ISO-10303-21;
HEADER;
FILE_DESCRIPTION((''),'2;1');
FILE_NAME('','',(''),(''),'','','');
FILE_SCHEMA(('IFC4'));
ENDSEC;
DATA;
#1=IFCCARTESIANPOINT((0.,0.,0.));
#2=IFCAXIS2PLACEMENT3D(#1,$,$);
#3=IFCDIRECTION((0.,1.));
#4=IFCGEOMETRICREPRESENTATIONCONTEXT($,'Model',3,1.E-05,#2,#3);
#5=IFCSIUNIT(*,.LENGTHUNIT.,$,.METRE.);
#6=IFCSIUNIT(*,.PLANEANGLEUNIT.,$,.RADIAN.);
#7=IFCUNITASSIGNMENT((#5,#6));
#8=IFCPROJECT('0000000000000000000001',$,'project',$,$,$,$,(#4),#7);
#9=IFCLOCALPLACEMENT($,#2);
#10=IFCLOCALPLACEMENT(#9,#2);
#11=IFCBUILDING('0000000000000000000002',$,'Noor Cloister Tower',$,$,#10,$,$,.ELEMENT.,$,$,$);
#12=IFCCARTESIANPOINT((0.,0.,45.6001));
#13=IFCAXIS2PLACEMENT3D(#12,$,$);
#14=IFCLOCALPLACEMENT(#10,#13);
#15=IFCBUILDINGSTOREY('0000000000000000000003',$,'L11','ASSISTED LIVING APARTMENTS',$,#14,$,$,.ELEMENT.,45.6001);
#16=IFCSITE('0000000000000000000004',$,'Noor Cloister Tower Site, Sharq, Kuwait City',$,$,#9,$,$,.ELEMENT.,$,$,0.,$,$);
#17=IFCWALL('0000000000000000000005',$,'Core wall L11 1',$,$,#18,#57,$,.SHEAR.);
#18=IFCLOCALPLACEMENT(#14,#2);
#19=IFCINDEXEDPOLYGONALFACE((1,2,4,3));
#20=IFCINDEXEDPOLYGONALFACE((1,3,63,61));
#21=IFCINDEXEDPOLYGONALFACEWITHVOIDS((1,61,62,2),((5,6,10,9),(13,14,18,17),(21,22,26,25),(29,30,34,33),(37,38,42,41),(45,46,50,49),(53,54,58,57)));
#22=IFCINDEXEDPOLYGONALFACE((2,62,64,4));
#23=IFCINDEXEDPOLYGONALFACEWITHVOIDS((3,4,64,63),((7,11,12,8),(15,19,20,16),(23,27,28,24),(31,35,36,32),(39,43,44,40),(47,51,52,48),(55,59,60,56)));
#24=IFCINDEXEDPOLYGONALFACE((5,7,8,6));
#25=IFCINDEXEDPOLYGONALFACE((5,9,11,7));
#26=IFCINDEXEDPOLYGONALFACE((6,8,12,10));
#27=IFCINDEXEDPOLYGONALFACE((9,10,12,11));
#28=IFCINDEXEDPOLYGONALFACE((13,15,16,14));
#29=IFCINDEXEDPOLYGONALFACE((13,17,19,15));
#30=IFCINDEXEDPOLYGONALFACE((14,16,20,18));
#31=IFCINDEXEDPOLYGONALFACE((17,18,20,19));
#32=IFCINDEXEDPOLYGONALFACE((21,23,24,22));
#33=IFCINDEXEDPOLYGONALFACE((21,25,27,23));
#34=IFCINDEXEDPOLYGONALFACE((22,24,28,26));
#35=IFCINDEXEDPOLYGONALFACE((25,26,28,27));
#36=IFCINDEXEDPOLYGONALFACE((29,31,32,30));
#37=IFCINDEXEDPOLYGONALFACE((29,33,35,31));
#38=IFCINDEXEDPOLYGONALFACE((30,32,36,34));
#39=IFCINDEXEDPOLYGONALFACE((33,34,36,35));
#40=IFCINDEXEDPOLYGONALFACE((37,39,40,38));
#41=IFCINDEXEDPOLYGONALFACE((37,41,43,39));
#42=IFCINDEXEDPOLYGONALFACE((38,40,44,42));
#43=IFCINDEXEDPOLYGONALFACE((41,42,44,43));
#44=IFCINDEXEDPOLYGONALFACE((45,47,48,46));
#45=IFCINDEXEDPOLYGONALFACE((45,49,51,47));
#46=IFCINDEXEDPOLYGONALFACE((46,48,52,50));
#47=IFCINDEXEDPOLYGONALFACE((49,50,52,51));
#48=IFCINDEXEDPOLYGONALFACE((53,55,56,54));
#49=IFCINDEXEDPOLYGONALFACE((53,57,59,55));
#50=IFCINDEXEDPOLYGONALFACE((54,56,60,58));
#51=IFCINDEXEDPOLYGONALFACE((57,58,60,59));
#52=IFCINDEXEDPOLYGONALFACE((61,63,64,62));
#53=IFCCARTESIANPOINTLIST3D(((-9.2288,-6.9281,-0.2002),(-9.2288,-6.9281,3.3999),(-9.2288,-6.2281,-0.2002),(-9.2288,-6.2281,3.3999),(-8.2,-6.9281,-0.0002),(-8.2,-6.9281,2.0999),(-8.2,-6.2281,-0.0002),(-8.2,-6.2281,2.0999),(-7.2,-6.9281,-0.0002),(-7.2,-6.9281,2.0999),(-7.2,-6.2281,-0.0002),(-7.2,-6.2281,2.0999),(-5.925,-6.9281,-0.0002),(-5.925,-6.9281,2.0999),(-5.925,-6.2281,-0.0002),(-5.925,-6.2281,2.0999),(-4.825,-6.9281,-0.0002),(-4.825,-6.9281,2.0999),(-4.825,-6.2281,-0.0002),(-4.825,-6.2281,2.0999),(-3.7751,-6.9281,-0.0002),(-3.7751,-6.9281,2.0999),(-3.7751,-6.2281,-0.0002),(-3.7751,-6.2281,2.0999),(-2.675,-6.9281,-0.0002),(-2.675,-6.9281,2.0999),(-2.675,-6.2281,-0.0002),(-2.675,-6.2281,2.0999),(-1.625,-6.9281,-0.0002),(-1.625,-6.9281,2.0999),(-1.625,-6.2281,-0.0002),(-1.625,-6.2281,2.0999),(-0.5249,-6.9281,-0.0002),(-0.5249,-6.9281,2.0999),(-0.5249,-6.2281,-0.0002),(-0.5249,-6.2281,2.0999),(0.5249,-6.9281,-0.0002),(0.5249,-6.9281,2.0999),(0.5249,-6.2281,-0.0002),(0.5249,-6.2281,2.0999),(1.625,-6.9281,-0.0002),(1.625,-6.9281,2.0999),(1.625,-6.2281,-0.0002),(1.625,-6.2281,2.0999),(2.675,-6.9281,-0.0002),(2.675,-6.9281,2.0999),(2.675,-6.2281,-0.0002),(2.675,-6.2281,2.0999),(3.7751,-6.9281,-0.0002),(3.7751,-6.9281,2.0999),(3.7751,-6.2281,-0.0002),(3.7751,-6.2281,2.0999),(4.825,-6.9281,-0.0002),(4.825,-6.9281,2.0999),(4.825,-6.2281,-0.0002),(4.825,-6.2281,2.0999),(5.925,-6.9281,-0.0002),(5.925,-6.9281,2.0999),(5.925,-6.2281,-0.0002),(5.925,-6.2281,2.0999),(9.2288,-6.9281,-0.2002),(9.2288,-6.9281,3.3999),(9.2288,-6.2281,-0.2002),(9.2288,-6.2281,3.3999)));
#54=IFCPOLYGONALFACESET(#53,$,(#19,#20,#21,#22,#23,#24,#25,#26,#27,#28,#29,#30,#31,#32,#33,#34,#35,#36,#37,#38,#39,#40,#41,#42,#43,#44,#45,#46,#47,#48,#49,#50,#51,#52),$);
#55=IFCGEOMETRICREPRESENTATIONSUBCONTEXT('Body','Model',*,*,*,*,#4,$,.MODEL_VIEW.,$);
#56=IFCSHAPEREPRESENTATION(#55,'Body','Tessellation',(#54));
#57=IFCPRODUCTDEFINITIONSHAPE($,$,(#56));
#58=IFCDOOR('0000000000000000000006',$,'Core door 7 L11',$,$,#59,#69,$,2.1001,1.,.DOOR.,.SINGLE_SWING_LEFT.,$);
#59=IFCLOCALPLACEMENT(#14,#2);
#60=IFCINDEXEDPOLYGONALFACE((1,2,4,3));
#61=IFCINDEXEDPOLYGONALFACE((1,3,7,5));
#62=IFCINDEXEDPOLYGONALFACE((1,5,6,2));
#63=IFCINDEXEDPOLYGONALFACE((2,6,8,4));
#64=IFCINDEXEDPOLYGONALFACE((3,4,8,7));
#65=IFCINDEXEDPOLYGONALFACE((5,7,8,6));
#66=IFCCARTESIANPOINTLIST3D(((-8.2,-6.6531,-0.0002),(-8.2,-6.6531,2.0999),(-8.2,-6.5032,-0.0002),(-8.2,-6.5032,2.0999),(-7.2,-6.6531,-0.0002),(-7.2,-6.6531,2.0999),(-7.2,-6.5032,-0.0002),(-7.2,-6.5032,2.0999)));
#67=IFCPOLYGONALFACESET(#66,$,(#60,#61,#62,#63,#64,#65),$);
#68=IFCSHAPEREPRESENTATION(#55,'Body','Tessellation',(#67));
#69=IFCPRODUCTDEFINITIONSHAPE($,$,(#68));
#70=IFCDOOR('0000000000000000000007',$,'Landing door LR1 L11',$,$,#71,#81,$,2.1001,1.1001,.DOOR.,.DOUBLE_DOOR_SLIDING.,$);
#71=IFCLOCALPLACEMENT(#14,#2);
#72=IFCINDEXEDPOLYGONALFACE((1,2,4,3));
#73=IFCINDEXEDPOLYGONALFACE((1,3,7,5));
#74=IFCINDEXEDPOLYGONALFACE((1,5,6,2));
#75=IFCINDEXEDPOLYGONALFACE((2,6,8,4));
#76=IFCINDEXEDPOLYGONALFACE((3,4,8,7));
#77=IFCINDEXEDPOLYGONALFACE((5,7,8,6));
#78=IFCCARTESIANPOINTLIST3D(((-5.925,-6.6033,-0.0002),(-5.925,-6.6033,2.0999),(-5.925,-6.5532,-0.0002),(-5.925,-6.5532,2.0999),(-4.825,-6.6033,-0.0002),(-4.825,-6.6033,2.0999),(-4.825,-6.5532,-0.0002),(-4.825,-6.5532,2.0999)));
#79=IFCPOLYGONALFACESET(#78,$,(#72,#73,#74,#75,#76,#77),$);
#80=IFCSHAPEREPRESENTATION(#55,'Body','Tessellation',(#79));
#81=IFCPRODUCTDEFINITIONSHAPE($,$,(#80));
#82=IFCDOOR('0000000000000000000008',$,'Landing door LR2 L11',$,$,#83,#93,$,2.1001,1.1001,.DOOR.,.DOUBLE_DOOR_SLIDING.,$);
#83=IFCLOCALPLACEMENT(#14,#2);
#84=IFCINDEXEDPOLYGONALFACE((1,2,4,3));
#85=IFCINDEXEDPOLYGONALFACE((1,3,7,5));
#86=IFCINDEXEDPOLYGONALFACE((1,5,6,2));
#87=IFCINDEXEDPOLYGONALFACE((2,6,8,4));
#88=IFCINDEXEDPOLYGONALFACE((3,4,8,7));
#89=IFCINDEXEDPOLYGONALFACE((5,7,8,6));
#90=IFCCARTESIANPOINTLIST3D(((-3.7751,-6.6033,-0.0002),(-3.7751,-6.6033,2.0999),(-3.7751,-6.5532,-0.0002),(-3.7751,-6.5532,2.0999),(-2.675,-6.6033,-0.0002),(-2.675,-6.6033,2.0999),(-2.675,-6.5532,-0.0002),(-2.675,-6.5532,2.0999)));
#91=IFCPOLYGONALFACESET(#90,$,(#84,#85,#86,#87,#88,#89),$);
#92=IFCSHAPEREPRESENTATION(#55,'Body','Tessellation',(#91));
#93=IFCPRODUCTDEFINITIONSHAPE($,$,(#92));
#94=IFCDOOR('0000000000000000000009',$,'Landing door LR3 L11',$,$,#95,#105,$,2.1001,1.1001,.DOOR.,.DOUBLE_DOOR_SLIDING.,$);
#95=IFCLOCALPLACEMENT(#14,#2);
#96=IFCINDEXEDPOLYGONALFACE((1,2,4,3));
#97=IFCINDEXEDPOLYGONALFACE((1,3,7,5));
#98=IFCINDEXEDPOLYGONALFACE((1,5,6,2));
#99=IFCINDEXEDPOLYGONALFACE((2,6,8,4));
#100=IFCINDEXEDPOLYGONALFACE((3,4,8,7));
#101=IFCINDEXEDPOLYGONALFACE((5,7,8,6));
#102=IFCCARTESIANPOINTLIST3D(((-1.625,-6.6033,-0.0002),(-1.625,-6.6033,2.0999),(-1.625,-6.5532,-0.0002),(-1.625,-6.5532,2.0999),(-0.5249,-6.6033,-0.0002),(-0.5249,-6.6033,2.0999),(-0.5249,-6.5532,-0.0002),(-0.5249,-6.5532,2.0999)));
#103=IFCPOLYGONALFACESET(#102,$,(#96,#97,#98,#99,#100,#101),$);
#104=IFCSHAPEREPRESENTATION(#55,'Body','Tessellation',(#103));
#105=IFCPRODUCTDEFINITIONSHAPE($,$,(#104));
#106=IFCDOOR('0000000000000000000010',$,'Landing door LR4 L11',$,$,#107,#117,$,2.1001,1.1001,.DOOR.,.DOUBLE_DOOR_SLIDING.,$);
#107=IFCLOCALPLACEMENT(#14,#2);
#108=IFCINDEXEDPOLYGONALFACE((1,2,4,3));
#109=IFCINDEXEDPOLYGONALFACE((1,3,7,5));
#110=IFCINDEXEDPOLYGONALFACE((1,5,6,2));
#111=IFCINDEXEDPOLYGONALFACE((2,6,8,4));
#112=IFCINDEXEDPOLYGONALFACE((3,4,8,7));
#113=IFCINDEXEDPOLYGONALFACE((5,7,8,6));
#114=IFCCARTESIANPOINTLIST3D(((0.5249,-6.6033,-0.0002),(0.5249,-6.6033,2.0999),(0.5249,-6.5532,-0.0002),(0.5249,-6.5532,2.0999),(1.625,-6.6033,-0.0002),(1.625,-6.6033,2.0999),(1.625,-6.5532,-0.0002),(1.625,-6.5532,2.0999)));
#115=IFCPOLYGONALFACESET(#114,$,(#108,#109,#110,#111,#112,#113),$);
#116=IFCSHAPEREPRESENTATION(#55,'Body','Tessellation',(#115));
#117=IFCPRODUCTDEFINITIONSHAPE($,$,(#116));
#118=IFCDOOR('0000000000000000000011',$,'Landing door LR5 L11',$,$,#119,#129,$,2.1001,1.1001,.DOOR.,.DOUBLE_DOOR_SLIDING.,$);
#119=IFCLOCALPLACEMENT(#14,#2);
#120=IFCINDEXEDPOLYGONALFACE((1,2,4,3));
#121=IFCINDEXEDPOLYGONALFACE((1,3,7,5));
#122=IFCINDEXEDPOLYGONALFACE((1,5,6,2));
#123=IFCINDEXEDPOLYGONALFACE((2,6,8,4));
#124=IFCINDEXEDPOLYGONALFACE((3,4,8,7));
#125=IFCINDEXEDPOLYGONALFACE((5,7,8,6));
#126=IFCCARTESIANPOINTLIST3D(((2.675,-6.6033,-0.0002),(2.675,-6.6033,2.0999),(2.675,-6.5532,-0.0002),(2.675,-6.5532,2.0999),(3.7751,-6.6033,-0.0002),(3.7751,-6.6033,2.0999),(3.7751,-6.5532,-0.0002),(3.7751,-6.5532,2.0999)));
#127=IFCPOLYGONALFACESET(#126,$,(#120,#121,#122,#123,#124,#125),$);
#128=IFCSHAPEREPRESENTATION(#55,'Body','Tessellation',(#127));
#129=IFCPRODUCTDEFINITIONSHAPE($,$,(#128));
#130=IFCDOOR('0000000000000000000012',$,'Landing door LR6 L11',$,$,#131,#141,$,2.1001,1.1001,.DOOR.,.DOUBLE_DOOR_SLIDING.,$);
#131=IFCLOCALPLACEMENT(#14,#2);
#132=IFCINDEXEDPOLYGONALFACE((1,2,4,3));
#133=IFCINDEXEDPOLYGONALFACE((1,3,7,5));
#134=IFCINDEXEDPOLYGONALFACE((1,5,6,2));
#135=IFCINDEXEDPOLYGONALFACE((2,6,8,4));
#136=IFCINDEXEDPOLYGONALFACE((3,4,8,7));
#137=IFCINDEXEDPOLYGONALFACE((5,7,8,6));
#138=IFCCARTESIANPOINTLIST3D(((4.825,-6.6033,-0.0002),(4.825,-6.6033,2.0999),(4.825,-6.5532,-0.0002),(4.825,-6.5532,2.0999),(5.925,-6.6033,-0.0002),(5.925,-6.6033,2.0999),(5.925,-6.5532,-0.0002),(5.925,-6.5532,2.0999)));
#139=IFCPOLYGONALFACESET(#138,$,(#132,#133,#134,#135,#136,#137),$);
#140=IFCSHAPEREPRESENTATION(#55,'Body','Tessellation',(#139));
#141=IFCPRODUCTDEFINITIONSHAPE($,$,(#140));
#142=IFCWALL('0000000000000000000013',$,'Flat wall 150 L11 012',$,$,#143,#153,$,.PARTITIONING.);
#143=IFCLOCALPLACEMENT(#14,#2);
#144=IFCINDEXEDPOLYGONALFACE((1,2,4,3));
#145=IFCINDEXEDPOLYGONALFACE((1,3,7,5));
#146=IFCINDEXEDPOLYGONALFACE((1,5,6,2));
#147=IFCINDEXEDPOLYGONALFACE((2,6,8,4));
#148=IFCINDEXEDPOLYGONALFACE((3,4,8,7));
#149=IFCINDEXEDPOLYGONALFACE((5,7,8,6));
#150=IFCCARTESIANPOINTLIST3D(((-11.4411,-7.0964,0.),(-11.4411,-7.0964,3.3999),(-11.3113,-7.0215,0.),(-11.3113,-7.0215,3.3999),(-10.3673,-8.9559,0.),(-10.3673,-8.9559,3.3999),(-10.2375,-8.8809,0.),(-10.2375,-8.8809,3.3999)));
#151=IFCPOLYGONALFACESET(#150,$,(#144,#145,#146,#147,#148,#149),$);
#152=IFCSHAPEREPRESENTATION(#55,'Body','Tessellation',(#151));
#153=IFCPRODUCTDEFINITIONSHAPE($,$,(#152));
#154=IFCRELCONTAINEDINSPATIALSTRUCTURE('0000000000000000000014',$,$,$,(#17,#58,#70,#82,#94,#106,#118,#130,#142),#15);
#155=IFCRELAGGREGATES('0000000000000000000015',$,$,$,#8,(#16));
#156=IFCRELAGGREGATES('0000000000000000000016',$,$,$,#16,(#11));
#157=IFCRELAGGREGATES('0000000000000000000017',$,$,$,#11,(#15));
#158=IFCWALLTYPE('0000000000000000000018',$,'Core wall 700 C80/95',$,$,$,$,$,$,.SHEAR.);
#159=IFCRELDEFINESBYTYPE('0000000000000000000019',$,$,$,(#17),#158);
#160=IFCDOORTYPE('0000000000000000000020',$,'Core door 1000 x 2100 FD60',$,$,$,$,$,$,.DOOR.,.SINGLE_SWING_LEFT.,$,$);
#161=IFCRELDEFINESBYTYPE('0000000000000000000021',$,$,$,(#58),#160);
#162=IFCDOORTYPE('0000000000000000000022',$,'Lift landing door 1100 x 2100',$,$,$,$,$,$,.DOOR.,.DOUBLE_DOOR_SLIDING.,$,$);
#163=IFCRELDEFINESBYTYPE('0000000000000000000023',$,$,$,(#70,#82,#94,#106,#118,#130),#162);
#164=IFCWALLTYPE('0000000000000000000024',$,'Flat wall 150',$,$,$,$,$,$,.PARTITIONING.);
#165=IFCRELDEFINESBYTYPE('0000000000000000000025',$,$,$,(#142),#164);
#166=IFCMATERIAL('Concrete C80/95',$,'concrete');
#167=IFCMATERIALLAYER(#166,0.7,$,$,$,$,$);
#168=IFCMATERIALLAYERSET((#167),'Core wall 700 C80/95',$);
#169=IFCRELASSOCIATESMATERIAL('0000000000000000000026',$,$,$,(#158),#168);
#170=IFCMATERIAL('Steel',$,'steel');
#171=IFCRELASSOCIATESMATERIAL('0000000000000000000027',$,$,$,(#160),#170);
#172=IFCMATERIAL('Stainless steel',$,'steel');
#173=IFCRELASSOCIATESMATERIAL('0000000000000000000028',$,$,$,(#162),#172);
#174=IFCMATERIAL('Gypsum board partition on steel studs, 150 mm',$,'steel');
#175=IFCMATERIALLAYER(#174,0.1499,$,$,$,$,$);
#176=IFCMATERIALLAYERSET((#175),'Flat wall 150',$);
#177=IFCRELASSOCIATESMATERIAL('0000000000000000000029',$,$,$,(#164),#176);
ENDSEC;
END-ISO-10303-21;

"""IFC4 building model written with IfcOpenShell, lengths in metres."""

from ifc_helpers import new_model, si_unit, direction, frame, frame_2d, origin, place, context, subcontext, project, spatial, rectangle, extrude, material, layer, layer_set, type_object, element, fill, save


model = new_model("IFC4")

# Units and contexts
model_context = context("Model", 3, precision=1e-05, world=origin(), true_north=direction((0.0, 1.0)))
body_context = subcontext(model_context, "Body", "Model", "MODEL_VIEW")
ifc_project = project(units=[si_unit("LENGTHUNIT", "METRE"), si_unit("PLANEANGLEUNIT", "RADIAN")], contexts=[model_context])

# Site, building, storey
site_placement = place(None, origin())
site = spatial("IfcSite", under=ifc_project, at=site_placement, Name="Noor Cloister Tower Site, Sharq, Kuwait City", CompositionType="ELEMENT", RefElevation=0.0)
building_placement = place(site_placement, origin())
building = spatial("IfcBuilding", under=site, at=building_placement, Name="Noor Cloister Tower", CompositionType="ELEMENT")
storey_placement = place(building_placement, frame((0.0, 0.0, 45.6001)))
storey = spatial("IfcBuildingStorey", under=building, at=storey_placement, Name="L11", Description="ASSISTED LIVING APARTMENTS", CompositionType="ELEMENT", Elevation=45.6001)

# Wall, openings, doors
ifc_material_1 = material(Name="Concrete C80/95", Category="concrete")
ifc_layer_1 = layer(ifc_material_1, 0.7)
ifc_layer_set_1 = layer_set([ifc_layer_1], Name="Core wall 700 C80/95")
wall_type_1 = type_object("IfcWallType", Name="Core wall 700 C80/95", PredefinedType="SHEAR", material=ifc_layer_set_1)
wall_1_placement = place(storey_placement, frame((-9.2288, -6.5781, -0.2002), z_axis=(0.0, 0.0, 1.0), x_axis=(1.0, 0.0, 0.0)))
wall_1 = element("IfcWall", 1, at=wall_1_placement, inside=storey, type_object=wall_type_1, Name="Core wall L11 1", PredefinedType="SHEAR", context=body_context, shape_type="SweptSolid", body=[
    extrude(rectangle(XDim=18.4575, YDim=0.7, at=frame_2d((9.2288, 0.0))), origin(), (0.0, 0.0, 1.0), 3.6001),
])
opening_1_placement = place(wall_1_placement, frame((3.3037, 0.0, 0.2)))
opening_1 = element("IfcOpeningElement", 2, at=opening_1_placement, cuts=wall_1, PredefinedType="OPENING", context=body_context, shape_type="SweptSolid", body=[
    extrude(rectangle(XDim=1.1001, YDim=2.1001, at=frame_2d((0.55, 1.05))), frame((0.0, 0.3599, 0.0), z_axis=(0.0, -1.0, 0.0), x_axis=(1.0, 0.0, 0.0)), (0.0, 0.0, 1.0), 0.72),
])
opening_2_placement = place(wall_1_placement, frame((5.4536, 0.0, 0.2)))
opening_2 = element("IfcOpeningElement", 3, at=opening_2_placement, cuts=wall_1, PredefinedType="OPENING", context=body_context, shape_type="SweptSolid", body=[
    extrude(rectangle(XDim=1.1001, YDim=2.1001, at=frame_2d((0.55, 1.05))), frame((0.0, 0.3599, 0.0), z_axis=(0.0, -1.0, 0.0), x_axis=(1.0, 0.0, 0.0)), (0.0, 0.0, 1.0), 0.72),
])
opening_3_placement = place(wall_1_placement, frame((7.6038, 0.0, 0.2)))
opening_3 = element("IfcOpeningElement", 4, at=opening_3_placement, cuts=wall_1, PredefinedType="OPENING", context=body_context, shape_type="SweptSolid", body=[
    extrude(rectangle(XDim=1.1001, YDim=2.1001, at=frame_2d((0.55, 1.05))), frame((0.0, 0.3599, 0.0), z_axis=(0.0, -1.0, 0.0), x_axis=(1.0, 0.0, 0.0)), (0.0, 0.0, 1.0), 0.72),
])
opening_4_placement = place(wall_1_placement, frame((9.7537, 0.0, 0.2)))
opening_4 = element("IfcOpeningElement", 5, at=opening_4_placement, cuts=wall_1, PredefinedType="OPENING", context=body_context, shape_type="SweptSolid", body=[
    extrude(rectangle(XDim=1.1001, YDim=2.1001, at=frame_2d((0.55, 1.05))), frame((0.0, 0.3599, 0.0), z_axis=(0.0, -1.0, 0.0), x_axis=(1.0, 0.0, 0.0)), (0.0, 0.0, 1.0), 0.72),
])
opening_5_placement = place(wall_1_placement, frame((11.9038, 0.0, 0.2)))
opening_5 = element("IfcOpeningElement", 6, at=opening_5_placement, cuts=wall_1, PredefinedType="OPENING", context=body_context, shape_type="SweptSolid", body=[
    extrude(rectangle(XDim=1.1001, YDim=2.1001, at=frame_2d((0.55, 1.05))), frame((0.0, 0.3599, 0.0), z_axis=(0.0, -1.0, 0.0), x_axis=(1.0, 0.0, 0.0)), (0.0, 0.0, 1.0), 0.72),
])
opening_6_placement = place(wall_1_placement, frame((14.0537, 0.0, 0.2)))
opening_6 = element("IfcOpeningElement", 7, at=opening_6_placement, cuts=wall_1, PredefinedType="OPENING", context=body_context, shape_type="SweptSolid", body=[
    extrude(rectangle(XDim=1.1001, YDim=2.1001, at=frame_2d((0.55, 1.05))), frame((0.0, 0.3599, 0.0), z_axis=(0.0, -1.0, 0.0), x_axis=(1.0, 0.0, 0.0)), (0.0, 0.0, 1.0), 0.72),
])
opening_7_placement = place(wall_1_placement, frame((1.0288, 0.0, 0.2)))
opening_7 = element("IfcOpeningElement", 8, at=opening_7_placement, cuts=wall_1, PredefinedType="OPENING", context=body_context, shape_type="SweptSolid", body=[
    extrude(rectangle(XDim=1.0, YDim=2.1001, at=frame_2d((0.5, 1.05))), frame((0.0, 0.3599, 0.0), z_axis=(0.0, -1.0, 0.0), x_axis=(1.0, 0.0, 0.0)), (0.0, 0.0, 1.0), 0.72),
])
ifc_material_2 = material(Name="Steel", Category="steel")
door_type_1 = type_object("IfcDoorType", Name="Core door 1000 x 2100 FD60", OperationType="SINGLE_SWING_LEFT", PredefinedType="DOOR", material=ifc_material_2)
door_1_placement = place(opening_7_placement, origin())
door_1 = element("IfcDoor", 9, at=door_1_placement, inside=storey, type_object=door_type_1, Name="Core door 7 L11", OperationType="SINGLE_SWING_LEFT", OverallHeight=2.1001, OverallWidth=1.0, PredefinedType="DOOR", context=body_context, shape_type="SweptSolid", body=[
    extrude(rectangle(XDim=1.0, YDim=2.1001, at=frame_2d((0.5, 1.05))), frame((0.0, 0.075, 0.0), z_axis=(0.0, -1.0, 0.0), x_axis=(1.0, 0.0, 0.0)), (0.0, 0.0, 1.0), 0.1499),
])
fill(opening_7, door_1)
ifc_material_3 = material(Name="Stainless steel", Category="steel")
door_type_2 = type_object("IfcDoorType", Name="Lift landing door 1100 x 2100", OperationType="DOUBLE_DOOR_SLIDING", PredefinedType="DOOR", material=ifc_material_3)
door_2_placement = place(opening_1_placement, origin())
door_2 = element("IfcDoor", 10, at=door_2_placement, inside=storey, type_object=door_type_2, Name="Landing door LR1 L11", OperationType="DOUBLE_DOOR_SLIDING", OverallHeight=2.1001, OverallWidth=1.1001, PredefinedType="DOOR", context=body_context, shape_type="SweptSolid", body=[
    extrude(rectangle(XDim=1.1001, YDim=2.1001, at=frame_2d((0.55, 1.05))), frame((0.0, 0.0249, 0.0), z_axis=(0.0, -1.0, 0.0), x_axis=(1.0, 0.0, 0.0)), (0.0, 0.0, 1.0), 0.05),
])
fill(opening_1, door_2)
door_3_placement = place(opening_2_placement, origin())
door_3 = element("IfcDoor", 11, at=door_3_placement, inside=storey, type_object=door_type_2, Name="Landing door LR2 L11", OperationType="DOUBLE_DOOR_SLIDING", OverallHeight=2.1001, OverallWidth=1.1001, PredefinedType="DOOR", context=body_context, shape_type="SweptSolid", body=[
    extrude(rectangle(XDim=1.1001, YDim=2.1001, at=frame_2d((0.55, 1.05))), frame((0.0, 0.0249, 0.0), z_axis=(0.0, -1.0, 0.0), x_axis=(1.0, 0.0, 0.0)), (0.0, 0.0, 1.0), 0.05),
])
fill(opening_2, door_3)
door_4_placement = place(opening_3_placement, origin())
door_4 = element("IfcDoor", 12, at=door_4_placement, inside=storey, type_object=door_type_2, Name="Landing door LR3 L11", OperationType="DOUBLE_DOOR_SLIDING", OverallHeight=2.1001, OverallWidth=1.1001, PredefinedType="DOOR", context=body_context, shape_type="SweptSolid", body=[
    extrude(rectangle(XDim=1.1001, YDim=2.1001, at=frame_2d((0.55, 1.05))), frame((0.0, 0.0249, 0.0), z_axis=(0.0, -1.0, 0.0), x_axis=(1.0, 0.0, 0.0)), (0.0, 0.0, 1.0), 0.05),
])
fill(opening_3, door_4)
door_5_placement = place(opening_4_placement, origin())
door_5 = element("IfcDoor", 13, at=door_5_placement, inside=storey, type_object=door_type_2, Name="Landing door LR4 L11", OperationType="DOUBLE_DOOR_SLIDING", OverallHeight=2.1001, OverallWidth=1.1001, PredefinedType="DOOR", context=body_context, shape_type="SweptSolid", body=[
    extrude(rectangle(XDim=1.1001, YDim=2.1001, at=frame_2d((0.55, 1.05))), frame((0.0, 0.0249, 0.0), z_axis=(0.0, -1.0, 0.0), x_axis=(1.0, 0.0, 0.0)), (0.0, 0.0, 1.0), 0.05),
])
fill(opening_4, door_5)
door_6_placement = place(opening_5_placement, origin())
door_6 = element("IfcDoor", 14, at=door_6_placement, inside=storey, type_object=door_type_2, Name="Landing door LR5 L11", OperationType="DOUBLE_DOOR_SLIDING", OverallHeight=2.1001, OverallWidth=1.1001, PredefinedType="DOOR", context=body_context, shape_type="SweptSolid", body=[
    extrude(rectangle(XDim=1.1001, YDim=2.1001, at=frame_2d((0.55, 1.05))), frame((0.0, 0.0249, 0.0), z_axis=(0.0, -1.0, 0.0), x_axis=(1.0, 0.0, 0.0)), (0.0, 0.0, 1.0), 0.05),
])
fill(opening_5, door_6)
door_7_placement = place(opening_6_placement, origin())
door_7 = element("IfcDoor", 15, at=door_7_placement, inside=storey, type_object=door_type_2, Name="Landing door LR6 L11", OperationType="DOUBLE_DOOR_SLIDING", OverallHeight=2.1001, OverallWidth=1.1001, PredefinedType="DOOR", context=body_context, shape_type="SweptSolid", body=[
    extrude(rectangle(XDim=1.1001, YDim=2.1001, at=frame_2d((0.55, 1.05))), frame((0.0, 0.0249, 0.0), z_axis=(0.0, -1.0, 0.0), x_axis=(1.0, 0.0, 0.0)), (0.0, 0.0, 1.0), 0.05),
])
fill(opening_6, door_7)

# Wall
ifc_material_4 = material(Name="Gypsum board partition on steel studs, 150 mm", Category="steel")
ifc_layer_2 = layer(ifc_material_4, 0.1499)
ifc_layer_set_2 = layer_set([ifc_layer_2], Name="Flat wall 150")
wall_type_2 = type_object("IfcWallType", Name="Flat wall 150", PredefinedType="PARTITIONING", material=ifc_layer_set_2)
wall_2_placement = place(storey_placement, frame((-11.3762, -7.0588, 0.0), z_axis=(0.0, 0.0, 1.0), x_axis=(0.500077, -0.865981, 0.0)))
element("IfcWall", 16, at=wall_2_placement, inside=storey, type_object=wall_type_2, Name="Flat wall 150 L11 012", PredefinedType="PARTITIONING", context=body_context, shape_type="SweptSolid", body=[
    extrude(rectangle(XDim=2.1472, YDim=0.1499, at=frame_2d((1.0737, 0.0))), origin(), (0.0, 0.0, 1.0), 3.3999),
])

save(model, "model.ifc")
